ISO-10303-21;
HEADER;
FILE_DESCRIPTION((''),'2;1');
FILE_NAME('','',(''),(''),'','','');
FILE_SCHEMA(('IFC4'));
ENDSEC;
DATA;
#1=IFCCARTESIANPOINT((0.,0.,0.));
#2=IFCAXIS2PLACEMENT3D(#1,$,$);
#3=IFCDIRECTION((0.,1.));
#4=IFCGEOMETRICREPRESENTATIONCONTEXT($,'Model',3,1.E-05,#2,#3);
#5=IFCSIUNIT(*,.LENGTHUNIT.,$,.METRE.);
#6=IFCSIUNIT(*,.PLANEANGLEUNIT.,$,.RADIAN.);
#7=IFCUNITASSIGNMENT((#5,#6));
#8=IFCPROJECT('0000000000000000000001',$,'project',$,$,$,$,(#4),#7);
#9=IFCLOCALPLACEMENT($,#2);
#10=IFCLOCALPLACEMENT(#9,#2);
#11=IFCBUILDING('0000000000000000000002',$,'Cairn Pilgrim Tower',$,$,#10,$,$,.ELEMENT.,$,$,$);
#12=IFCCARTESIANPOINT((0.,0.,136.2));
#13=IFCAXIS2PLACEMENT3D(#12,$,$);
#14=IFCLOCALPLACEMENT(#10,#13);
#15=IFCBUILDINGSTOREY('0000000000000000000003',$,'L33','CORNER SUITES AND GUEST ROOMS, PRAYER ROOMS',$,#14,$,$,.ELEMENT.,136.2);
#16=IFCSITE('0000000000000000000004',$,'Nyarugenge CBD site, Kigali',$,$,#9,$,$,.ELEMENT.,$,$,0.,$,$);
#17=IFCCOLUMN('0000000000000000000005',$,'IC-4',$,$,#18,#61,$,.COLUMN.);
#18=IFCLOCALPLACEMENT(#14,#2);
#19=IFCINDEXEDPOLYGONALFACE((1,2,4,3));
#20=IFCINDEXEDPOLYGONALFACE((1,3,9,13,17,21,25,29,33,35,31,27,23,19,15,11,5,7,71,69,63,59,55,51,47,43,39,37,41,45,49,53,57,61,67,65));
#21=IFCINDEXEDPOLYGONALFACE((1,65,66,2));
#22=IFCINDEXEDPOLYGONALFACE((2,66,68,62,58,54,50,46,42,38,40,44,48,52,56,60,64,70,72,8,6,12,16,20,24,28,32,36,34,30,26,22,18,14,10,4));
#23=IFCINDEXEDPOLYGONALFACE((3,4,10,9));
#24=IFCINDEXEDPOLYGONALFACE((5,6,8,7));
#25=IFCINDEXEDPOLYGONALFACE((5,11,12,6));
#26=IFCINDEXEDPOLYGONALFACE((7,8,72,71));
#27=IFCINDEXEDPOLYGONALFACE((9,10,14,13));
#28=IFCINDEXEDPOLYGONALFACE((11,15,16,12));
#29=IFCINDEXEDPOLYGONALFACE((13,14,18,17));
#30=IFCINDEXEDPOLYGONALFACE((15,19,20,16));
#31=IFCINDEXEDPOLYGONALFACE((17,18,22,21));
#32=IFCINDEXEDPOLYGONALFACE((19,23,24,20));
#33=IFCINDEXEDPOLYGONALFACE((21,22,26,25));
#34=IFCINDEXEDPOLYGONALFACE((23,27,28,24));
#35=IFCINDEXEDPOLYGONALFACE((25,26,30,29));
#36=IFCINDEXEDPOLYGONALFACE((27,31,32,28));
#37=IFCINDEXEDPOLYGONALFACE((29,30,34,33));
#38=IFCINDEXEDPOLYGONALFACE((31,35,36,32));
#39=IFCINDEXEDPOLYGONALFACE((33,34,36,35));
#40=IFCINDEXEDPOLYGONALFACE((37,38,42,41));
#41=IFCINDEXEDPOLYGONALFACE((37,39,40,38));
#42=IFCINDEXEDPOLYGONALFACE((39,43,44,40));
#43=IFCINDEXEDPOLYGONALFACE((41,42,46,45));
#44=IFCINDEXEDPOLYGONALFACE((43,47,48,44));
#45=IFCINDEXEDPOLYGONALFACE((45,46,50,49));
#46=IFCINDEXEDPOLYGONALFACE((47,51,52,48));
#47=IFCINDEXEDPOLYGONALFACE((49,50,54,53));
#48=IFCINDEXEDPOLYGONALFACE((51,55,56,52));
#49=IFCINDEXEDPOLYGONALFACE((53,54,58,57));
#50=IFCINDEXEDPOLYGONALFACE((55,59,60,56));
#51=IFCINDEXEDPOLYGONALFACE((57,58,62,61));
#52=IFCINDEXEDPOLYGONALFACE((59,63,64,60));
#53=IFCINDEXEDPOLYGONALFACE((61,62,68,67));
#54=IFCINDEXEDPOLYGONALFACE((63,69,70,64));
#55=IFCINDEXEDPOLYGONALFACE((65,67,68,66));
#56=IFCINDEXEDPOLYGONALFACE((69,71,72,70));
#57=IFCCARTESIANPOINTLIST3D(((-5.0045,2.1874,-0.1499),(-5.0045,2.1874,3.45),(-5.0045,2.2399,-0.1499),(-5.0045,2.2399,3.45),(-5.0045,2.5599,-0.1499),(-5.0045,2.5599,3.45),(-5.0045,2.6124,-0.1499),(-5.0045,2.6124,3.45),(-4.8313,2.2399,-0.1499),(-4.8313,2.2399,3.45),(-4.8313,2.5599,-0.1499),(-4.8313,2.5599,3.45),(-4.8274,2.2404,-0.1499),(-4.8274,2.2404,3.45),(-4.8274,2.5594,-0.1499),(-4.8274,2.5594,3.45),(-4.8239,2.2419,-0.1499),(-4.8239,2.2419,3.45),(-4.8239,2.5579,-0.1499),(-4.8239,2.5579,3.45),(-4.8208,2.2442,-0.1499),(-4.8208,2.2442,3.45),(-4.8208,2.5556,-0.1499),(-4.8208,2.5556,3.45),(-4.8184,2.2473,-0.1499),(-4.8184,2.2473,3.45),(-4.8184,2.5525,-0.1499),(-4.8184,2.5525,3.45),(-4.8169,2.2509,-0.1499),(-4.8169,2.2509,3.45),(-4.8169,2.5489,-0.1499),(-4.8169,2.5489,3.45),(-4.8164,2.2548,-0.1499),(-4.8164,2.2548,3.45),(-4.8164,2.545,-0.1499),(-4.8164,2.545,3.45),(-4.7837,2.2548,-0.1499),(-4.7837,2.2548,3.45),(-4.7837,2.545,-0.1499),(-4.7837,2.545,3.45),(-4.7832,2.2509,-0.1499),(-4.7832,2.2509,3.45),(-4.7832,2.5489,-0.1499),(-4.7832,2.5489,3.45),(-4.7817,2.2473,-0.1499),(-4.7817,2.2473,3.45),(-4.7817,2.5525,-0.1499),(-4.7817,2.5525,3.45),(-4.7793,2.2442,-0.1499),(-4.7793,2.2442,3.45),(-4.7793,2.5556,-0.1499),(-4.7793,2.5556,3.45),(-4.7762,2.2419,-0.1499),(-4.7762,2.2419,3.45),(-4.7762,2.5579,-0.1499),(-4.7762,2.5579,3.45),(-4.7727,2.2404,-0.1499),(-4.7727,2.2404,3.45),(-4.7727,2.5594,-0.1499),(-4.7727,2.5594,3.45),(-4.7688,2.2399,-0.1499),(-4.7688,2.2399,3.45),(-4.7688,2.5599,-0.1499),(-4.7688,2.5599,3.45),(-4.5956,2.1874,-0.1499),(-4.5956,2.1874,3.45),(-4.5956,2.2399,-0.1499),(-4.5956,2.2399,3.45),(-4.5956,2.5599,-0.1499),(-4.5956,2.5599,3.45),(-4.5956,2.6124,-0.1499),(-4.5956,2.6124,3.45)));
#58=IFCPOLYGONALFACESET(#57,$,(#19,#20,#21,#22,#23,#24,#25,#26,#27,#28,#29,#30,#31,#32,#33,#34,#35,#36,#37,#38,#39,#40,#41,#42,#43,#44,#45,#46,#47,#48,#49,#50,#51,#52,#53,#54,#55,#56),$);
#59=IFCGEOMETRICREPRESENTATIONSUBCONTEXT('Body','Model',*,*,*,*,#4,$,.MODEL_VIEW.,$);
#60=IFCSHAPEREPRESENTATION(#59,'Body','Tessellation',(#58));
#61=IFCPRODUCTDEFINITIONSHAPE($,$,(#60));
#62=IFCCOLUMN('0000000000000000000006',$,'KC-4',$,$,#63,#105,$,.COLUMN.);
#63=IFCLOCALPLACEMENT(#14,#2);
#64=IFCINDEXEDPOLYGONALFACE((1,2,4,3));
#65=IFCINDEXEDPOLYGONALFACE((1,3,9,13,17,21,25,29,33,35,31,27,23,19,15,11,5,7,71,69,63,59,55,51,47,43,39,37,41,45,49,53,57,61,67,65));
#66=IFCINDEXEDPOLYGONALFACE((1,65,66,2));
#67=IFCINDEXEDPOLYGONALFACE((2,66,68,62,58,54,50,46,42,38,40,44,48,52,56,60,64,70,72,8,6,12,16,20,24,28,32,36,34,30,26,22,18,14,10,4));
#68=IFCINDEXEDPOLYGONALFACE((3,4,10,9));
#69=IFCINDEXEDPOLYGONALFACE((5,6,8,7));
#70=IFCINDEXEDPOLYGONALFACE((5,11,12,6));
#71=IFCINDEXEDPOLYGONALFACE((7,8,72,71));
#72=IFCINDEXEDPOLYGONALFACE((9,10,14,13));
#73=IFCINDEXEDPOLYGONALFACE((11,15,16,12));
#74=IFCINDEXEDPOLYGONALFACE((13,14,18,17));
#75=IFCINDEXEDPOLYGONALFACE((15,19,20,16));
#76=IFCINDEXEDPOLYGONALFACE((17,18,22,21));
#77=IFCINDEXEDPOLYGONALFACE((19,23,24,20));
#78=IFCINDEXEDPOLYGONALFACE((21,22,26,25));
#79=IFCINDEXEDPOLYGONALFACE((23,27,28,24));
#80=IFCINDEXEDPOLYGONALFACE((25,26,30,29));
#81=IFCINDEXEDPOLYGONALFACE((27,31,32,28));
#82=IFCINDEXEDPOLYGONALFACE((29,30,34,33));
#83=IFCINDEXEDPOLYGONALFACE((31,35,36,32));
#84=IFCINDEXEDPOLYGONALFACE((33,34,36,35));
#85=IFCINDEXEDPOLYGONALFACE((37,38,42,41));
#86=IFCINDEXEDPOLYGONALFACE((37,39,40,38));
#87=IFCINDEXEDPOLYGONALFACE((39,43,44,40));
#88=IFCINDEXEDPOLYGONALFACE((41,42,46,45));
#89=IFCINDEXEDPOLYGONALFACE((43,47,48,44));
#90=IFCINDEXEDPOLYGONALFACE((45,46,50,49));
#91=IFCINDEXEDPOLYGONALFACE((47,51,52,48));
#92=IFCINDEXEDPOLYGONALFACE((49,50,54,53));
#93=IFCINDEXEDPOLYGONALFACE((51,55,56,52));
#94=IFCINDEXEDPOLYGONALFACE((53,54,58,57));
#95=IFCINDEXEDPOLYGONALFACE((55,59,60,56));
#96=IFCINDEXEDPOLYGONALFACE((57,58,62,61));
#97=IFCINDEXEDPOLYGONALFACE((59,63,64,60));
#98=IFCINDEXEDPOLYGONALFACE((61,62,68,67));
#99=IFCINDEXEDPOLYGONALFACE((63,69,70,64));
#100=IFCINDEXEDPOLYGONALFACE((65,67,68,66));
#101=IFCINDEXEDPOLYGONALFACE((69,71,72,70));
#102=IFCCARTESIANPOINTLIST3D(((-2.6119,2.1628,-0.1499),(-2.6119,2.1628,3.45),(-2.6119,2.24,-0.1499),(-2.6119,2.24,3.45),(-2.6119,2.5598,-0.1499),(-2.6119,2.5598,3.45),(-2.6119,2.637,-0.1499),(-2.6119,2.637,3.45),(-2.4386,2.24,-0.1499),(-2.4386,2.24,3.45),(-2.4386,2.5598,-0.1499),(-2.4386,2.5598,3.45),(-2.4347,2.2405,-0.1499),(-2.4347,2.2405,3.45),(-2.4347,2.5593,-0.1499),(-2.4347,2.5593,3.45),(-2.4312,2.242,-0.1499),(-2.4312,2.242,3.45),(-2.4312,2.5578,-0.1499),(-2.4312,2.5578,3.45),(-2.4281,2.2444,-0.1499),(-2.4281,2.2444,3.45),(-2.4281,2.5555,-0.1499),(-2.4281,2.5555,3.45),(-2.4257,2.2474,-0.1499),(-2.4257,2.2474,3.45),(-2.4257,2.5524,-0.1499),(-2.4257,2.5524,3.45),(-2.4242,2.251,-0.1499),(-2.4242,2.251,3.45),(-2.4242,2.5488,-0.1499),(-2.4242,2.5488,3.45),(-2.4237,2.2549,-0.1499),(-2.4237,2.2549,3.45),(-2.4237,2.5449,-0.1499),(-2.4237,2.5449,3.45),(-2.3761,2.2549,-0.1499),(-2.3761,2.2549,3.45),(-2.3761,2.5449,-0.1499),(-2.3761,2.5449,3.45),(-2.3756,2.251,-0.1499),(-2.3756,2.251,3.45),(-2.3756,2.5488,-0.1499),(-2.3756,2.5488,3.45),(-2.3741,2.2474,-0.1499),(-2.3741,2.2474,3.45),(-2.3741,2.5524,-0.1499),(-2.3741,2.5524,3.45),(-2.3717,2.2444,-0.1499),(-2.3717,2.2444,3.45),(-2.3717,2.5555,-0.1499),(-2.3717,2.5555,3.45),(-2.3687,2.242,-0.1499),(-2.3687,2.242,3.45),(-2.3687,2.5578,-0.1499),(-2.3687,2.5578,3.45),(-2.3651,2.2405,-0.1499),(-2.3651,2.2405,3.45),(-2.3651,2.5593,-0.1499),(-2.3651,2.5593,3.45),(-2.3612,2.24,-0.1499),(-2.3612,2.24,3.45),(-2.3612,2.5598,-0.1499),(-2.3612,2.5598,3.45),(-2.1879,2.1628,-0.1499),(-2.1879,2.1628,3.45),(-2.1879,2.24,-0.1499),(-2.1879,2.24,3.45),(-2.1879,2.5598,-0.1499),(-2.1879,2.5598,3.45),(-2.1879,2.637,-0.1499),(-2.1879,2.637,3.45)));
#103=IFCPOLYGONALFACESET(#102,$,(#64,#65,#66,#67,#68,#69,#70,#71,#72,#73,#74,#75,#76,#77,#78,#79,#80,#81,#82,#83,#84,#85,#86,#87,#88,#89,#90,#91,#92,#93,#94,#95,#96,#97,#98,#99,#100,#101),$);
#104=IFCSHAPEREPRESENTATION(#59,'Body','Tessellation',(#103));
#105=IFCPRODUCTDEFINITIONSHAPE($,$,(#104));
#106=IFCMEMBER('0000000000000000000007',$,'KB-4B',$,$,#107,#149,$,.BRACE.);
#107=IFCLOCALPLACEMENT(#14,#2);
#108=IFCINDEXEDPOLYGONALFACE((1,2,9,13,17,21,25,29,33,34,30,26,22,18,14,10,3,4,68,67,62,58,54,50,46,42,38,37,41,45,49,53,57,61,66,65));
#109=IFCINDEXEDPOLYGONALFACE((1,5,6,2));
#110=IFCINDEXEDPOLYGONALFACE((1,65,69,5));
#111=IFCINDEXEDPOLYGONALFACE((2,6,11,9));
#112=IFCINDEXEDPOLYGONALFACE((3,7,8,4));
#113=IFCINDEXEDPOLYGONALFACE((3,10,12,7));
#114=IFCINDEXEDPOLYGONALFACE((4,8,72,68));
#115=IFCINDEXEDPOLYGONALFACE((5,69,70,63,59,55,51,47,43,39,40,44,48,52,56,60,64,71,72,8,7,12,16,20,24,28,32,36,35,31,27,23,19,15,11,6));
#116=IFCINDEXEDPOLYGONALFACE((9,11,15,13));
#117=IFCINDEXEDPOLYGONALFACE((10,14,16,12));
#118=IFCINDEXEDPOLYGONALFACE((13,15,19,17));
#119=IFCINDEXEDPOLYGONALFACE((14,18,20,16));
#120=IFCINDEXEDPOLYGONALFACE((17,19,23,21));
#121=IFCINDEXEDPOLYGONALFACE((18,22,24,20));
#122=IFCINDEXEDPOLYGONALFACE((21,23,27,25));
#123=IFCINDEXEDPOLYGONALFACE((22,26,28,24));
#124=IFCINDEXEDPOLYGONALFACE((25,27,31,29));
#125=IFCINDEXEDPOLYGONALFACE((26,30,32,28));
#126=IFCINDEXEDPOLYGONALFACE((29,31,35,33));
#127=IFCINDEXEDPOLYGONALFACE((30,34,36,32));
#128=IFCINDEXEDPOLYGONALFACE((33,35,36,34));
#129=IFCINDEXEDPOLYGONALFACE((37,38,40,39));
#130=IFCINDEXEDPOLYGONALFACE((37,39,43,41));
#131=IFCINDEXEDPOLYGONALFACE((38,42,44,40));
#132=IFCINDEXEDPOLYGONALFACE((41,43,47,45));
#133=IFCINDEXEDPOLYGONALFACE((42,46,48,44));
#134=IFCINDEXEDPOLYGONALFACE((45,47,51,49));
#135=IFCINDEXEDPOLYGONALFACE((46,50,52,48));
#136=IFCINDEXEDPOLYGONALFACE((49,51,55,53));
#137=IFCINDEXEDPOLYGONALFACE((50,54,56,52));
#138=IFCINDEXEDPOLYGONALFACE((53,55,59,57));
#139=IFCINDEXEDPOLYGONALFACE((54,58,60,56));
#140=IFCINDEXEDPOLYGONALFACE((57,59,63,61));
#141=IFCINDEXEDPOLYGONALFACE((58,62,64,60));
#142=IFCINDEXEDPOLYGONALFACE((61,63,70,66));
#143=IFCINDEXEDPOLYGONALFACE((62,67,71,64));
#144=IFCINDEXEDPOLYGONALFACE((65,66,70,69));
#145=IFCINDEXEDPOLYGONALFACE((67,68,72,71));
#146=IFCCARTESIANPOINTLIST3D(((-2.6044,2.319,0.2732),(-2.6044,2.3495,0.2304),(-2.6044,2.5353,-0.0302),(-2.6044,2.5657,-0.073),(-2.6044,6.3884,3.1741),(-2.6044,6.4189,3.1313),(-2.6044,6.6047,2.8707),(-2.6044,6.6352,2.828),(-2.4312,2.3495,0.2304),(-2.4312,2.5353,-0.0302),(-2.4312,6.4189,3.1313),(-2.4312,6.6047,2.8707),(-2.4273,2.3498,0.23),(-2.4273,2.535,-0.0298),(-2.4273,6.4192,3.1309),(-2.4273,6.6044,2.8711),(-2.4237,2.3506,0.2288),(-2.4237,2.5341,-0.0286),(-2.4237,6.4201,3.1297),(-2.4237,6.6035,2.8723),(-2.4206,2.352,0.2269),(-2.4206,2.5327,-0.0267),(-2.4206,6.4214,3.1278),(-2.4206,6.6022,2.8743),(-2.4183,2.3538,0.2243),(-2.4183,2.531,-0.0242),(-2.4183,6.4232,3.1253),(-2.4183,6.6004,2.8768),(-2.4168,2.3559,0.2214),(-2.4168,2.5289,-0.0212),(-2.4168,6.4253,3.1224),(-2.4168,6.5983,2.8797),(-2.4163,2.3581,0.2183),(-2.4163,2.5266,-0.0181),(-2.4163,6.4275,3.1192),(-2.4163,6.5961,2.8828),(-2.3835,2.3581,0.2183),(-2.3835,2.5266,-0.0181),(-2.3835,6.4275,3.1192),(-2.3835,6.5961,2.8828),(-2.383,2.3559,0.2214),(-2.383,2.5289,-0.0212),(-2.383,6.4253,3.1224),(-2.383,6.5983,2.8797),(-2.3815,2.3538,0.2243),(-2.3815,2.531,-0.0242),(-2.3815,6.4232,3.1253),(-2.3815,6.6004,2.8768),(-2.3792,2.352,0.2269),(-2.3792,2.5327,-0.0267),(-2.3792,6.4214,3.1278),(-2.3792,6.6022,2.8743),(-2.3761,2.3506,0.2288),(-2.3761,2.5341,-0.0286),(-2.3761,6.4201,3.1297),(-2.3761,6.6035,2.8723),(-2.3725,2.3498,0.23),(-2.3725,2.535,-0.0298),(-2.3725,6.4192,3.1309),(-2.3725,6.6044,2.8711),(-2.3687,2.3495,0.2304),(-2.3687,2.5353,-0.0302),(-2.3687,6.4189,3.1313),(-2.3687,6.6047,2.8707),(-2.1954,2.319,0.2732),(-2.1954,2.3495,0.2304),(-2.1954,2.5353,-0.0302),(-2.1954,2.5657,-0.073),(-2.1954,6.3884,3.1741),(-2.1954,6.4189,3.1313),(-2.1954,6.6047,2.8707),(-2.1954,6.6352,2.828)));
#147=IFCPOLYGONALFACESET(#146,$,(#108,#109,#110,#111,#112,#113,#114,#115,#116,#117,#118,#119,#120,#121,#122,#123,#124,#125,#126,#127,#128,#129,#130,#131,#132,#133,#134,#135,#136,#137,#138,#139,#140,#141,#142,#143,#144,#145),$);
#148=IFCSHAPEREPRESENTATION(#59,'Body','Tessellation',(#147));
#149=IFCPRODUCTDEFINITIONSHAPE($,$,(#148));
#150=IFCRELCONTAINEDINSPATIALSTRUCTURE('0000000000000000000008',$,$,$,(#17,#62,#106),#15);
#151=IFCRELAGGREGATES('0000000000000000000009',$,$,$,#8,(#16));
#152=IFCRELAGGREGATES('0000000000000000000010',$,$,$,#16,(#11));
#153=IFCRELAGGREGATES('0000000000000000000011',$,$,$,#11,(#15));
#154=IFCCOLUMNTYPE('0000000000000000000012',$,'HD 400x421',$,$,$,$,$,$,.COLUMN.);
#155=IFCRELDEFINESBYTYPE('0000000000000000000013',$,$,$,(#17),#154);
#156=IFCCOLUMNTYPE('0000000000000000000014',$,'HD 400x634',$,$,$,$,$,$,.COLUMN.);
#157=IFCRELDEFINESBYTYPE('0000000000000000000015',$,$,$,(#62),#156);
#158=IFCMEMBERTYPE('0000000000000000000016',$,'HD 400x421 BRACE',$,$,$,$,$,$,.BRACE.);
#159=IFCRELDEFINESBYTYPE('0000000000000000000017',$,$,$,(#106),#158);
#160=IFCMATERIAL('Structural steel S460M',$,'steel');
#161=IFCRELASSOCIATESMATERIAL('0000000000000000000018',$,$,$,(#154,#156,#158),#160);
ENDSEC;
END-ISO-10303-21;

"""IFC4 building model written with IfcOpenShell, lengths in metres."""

from ifc_helpers import new_model, si_unit, direction, frame, origin, origin_2d, place, context, subcontext, project, spatial, i_section, extrude, material, material_profile, profile_set, type_object, element, save


model = new_model("IFC4")

# Units and contexts
model_context = context("Model", 3, precision=1e-05, world=origin(), true_north=direction((0.0, 1.0)))
body_context = subcontext(model_context, "Body", "Model", "MODEL_VIEW")
ifc_project = project(units=[si_unit("LENGTHUNIT", "METRE"), si_unit("PLANEANGLEUNIT", "RADIAN")], contexts=[model_context])

# Site, building, storey
site_placement = place(None, origin())
site = spatial("IfcSite", under=ifc_project, at=site_placement, Name="Nyarugenge CBD site, Kigali", CompositionType="ELEMENT", RefElevation=0.0)
building_placement = place(site_placement, origin())
building = spatial("IfcBuilding", under=site, at=building_placement, Name="Cairn Pilgrim Tower", CompositionType="ELEMENT")
storey_placement = place(building_placement, frame((0.0, 0.0, 136.2)))
storey = spatial("IfcBuildingStorey", under=building, at=storey_placement, Name="L33", Description="CORNER SUITES AND GUEST ROOMS, PRAYER ROOMS", CompositionType="ELEMENT", Elevation=136.2)

# Columns
ifc_material_1 = material(Name="Structural steel S460M", Category="steel")
ifc_material_profile_1 = material_profile(ifc_material_1, i_section(OverallWidth=0.4089, OverallDepth=0.425, WebThickness=0.0327, FlangeThickness=0.0525, FilletRadius=0.0149, at=origin_2d()), Name="HD 400x421")
ifc_profile_set_1 = profile_set([ifc_material_profile_1], Name="Structural steel S460M")
column_type_1 = type_object("IfcColumnType", Name="HD 400x421", PredefinedType="COLUMN", material=ifc_profile_set_1)
column_1_placement = place(storey_placement, frame((-4.8, 2.3999, -0.1499), z_axis=(0.0, 0.0, 1.0), x_axis=(1.0, 0.0, 0.0)))
element("IfcColumn", 1, at=column_1_placement, inside=storey, type_object=column_type_1, Name="IC-4", PredefinedType="COLUMN", context=body_context, shape_type="SweptSolid", body=[
    extrude(i_section(OverallWidth=0.4089, OverallDepth=0.425, WebThickness=0.0327, FlangeThickness=0.0525, FilletRadius=0.0149, at=origin_2d()), origin(), (0.0, 0.0, 1.0), 3.5999),
])
ifc_material_profile_2 = material_profile(ifc_material_1, i_section(OverallWidth=0.4241, OverallDepth=0.4741, WebThickness=0.0476, FlangeThickness=0.0771, FilletRadius=0.0149, at=origin_2d()), Name="HD 400x634")
ifc_profile_set_2 = profile_set([ifc_material_profile_2], Name="Structural steel S460M")
column_type_2 = type_object("IfcColumnType", Name="HD 400x634", PredefinedType="COLUMN", material=ifc_profile_set_2)
column_2_placement = place(storey_placement, frame((-2.3999, 2.3999, -0.1499), z_axis=(0.0, 0.0, 1.0), x_axis=(1.0, 0.0, 0.0)))
element("IfcColumn", 2, at=column_2_placement, inside=storey, type_object=column_type_2, Name="KC-4", PredefinedType="COLUMN", context=body_context, shape_type="SweptSolid", body=[
    extrude(i_section(OverallWidth=0.4241, OverallDepth=0.4741, WebThickness=0.0476, FlangeThickness=0.0771, FilletRadius=0.0149, at=origin_2d()), origin(), (0.0, 0.0, 1.0), 3.5999),
])

# Member
ifc_material_profile_3 = material_profile(ifc_material_1, i_section(OverallWidth=0.4089, OverallDepth=0.425, WebThickness=0.0327, FlangeThickness=0.0525, FilletRadius=0.0149, at=origin_2d()), Name="HD 400x421")
ifc_profile_set_3 = profile_set([ifc_material_profile_3], Name="Structural steel S460M")
member_type = type_object("IfcMemberType", Name="HD 400x421 BRACE", PredefinedType="BRACE", material=ifc_profile_set_3)
member_placement = place(storey_placement, frame((-2.3999, 2.4424, 0.1001), z_axis=(0.0, 0.814281, 0.580471), x_axis=(-1.0, 0.0, 0.0)))
element("IfcMember", 3, at=member_placement, inside=storey, type_object=member_type, Name="KB-4B", PredefinedType="BRACE", context=body_context, shape_type="SweptSolid", body=[
    extrude(i_section(OverallWidth=0.4089, OverallDepth=0.425, WebThickness=0.0327, FlangeThickness=0.0525, FilletRadius=0.0149, at=origin_2d()), origin(), (0.0, 0.0, 1.0), 4.9976),
])

save(model, "model.ifc")
